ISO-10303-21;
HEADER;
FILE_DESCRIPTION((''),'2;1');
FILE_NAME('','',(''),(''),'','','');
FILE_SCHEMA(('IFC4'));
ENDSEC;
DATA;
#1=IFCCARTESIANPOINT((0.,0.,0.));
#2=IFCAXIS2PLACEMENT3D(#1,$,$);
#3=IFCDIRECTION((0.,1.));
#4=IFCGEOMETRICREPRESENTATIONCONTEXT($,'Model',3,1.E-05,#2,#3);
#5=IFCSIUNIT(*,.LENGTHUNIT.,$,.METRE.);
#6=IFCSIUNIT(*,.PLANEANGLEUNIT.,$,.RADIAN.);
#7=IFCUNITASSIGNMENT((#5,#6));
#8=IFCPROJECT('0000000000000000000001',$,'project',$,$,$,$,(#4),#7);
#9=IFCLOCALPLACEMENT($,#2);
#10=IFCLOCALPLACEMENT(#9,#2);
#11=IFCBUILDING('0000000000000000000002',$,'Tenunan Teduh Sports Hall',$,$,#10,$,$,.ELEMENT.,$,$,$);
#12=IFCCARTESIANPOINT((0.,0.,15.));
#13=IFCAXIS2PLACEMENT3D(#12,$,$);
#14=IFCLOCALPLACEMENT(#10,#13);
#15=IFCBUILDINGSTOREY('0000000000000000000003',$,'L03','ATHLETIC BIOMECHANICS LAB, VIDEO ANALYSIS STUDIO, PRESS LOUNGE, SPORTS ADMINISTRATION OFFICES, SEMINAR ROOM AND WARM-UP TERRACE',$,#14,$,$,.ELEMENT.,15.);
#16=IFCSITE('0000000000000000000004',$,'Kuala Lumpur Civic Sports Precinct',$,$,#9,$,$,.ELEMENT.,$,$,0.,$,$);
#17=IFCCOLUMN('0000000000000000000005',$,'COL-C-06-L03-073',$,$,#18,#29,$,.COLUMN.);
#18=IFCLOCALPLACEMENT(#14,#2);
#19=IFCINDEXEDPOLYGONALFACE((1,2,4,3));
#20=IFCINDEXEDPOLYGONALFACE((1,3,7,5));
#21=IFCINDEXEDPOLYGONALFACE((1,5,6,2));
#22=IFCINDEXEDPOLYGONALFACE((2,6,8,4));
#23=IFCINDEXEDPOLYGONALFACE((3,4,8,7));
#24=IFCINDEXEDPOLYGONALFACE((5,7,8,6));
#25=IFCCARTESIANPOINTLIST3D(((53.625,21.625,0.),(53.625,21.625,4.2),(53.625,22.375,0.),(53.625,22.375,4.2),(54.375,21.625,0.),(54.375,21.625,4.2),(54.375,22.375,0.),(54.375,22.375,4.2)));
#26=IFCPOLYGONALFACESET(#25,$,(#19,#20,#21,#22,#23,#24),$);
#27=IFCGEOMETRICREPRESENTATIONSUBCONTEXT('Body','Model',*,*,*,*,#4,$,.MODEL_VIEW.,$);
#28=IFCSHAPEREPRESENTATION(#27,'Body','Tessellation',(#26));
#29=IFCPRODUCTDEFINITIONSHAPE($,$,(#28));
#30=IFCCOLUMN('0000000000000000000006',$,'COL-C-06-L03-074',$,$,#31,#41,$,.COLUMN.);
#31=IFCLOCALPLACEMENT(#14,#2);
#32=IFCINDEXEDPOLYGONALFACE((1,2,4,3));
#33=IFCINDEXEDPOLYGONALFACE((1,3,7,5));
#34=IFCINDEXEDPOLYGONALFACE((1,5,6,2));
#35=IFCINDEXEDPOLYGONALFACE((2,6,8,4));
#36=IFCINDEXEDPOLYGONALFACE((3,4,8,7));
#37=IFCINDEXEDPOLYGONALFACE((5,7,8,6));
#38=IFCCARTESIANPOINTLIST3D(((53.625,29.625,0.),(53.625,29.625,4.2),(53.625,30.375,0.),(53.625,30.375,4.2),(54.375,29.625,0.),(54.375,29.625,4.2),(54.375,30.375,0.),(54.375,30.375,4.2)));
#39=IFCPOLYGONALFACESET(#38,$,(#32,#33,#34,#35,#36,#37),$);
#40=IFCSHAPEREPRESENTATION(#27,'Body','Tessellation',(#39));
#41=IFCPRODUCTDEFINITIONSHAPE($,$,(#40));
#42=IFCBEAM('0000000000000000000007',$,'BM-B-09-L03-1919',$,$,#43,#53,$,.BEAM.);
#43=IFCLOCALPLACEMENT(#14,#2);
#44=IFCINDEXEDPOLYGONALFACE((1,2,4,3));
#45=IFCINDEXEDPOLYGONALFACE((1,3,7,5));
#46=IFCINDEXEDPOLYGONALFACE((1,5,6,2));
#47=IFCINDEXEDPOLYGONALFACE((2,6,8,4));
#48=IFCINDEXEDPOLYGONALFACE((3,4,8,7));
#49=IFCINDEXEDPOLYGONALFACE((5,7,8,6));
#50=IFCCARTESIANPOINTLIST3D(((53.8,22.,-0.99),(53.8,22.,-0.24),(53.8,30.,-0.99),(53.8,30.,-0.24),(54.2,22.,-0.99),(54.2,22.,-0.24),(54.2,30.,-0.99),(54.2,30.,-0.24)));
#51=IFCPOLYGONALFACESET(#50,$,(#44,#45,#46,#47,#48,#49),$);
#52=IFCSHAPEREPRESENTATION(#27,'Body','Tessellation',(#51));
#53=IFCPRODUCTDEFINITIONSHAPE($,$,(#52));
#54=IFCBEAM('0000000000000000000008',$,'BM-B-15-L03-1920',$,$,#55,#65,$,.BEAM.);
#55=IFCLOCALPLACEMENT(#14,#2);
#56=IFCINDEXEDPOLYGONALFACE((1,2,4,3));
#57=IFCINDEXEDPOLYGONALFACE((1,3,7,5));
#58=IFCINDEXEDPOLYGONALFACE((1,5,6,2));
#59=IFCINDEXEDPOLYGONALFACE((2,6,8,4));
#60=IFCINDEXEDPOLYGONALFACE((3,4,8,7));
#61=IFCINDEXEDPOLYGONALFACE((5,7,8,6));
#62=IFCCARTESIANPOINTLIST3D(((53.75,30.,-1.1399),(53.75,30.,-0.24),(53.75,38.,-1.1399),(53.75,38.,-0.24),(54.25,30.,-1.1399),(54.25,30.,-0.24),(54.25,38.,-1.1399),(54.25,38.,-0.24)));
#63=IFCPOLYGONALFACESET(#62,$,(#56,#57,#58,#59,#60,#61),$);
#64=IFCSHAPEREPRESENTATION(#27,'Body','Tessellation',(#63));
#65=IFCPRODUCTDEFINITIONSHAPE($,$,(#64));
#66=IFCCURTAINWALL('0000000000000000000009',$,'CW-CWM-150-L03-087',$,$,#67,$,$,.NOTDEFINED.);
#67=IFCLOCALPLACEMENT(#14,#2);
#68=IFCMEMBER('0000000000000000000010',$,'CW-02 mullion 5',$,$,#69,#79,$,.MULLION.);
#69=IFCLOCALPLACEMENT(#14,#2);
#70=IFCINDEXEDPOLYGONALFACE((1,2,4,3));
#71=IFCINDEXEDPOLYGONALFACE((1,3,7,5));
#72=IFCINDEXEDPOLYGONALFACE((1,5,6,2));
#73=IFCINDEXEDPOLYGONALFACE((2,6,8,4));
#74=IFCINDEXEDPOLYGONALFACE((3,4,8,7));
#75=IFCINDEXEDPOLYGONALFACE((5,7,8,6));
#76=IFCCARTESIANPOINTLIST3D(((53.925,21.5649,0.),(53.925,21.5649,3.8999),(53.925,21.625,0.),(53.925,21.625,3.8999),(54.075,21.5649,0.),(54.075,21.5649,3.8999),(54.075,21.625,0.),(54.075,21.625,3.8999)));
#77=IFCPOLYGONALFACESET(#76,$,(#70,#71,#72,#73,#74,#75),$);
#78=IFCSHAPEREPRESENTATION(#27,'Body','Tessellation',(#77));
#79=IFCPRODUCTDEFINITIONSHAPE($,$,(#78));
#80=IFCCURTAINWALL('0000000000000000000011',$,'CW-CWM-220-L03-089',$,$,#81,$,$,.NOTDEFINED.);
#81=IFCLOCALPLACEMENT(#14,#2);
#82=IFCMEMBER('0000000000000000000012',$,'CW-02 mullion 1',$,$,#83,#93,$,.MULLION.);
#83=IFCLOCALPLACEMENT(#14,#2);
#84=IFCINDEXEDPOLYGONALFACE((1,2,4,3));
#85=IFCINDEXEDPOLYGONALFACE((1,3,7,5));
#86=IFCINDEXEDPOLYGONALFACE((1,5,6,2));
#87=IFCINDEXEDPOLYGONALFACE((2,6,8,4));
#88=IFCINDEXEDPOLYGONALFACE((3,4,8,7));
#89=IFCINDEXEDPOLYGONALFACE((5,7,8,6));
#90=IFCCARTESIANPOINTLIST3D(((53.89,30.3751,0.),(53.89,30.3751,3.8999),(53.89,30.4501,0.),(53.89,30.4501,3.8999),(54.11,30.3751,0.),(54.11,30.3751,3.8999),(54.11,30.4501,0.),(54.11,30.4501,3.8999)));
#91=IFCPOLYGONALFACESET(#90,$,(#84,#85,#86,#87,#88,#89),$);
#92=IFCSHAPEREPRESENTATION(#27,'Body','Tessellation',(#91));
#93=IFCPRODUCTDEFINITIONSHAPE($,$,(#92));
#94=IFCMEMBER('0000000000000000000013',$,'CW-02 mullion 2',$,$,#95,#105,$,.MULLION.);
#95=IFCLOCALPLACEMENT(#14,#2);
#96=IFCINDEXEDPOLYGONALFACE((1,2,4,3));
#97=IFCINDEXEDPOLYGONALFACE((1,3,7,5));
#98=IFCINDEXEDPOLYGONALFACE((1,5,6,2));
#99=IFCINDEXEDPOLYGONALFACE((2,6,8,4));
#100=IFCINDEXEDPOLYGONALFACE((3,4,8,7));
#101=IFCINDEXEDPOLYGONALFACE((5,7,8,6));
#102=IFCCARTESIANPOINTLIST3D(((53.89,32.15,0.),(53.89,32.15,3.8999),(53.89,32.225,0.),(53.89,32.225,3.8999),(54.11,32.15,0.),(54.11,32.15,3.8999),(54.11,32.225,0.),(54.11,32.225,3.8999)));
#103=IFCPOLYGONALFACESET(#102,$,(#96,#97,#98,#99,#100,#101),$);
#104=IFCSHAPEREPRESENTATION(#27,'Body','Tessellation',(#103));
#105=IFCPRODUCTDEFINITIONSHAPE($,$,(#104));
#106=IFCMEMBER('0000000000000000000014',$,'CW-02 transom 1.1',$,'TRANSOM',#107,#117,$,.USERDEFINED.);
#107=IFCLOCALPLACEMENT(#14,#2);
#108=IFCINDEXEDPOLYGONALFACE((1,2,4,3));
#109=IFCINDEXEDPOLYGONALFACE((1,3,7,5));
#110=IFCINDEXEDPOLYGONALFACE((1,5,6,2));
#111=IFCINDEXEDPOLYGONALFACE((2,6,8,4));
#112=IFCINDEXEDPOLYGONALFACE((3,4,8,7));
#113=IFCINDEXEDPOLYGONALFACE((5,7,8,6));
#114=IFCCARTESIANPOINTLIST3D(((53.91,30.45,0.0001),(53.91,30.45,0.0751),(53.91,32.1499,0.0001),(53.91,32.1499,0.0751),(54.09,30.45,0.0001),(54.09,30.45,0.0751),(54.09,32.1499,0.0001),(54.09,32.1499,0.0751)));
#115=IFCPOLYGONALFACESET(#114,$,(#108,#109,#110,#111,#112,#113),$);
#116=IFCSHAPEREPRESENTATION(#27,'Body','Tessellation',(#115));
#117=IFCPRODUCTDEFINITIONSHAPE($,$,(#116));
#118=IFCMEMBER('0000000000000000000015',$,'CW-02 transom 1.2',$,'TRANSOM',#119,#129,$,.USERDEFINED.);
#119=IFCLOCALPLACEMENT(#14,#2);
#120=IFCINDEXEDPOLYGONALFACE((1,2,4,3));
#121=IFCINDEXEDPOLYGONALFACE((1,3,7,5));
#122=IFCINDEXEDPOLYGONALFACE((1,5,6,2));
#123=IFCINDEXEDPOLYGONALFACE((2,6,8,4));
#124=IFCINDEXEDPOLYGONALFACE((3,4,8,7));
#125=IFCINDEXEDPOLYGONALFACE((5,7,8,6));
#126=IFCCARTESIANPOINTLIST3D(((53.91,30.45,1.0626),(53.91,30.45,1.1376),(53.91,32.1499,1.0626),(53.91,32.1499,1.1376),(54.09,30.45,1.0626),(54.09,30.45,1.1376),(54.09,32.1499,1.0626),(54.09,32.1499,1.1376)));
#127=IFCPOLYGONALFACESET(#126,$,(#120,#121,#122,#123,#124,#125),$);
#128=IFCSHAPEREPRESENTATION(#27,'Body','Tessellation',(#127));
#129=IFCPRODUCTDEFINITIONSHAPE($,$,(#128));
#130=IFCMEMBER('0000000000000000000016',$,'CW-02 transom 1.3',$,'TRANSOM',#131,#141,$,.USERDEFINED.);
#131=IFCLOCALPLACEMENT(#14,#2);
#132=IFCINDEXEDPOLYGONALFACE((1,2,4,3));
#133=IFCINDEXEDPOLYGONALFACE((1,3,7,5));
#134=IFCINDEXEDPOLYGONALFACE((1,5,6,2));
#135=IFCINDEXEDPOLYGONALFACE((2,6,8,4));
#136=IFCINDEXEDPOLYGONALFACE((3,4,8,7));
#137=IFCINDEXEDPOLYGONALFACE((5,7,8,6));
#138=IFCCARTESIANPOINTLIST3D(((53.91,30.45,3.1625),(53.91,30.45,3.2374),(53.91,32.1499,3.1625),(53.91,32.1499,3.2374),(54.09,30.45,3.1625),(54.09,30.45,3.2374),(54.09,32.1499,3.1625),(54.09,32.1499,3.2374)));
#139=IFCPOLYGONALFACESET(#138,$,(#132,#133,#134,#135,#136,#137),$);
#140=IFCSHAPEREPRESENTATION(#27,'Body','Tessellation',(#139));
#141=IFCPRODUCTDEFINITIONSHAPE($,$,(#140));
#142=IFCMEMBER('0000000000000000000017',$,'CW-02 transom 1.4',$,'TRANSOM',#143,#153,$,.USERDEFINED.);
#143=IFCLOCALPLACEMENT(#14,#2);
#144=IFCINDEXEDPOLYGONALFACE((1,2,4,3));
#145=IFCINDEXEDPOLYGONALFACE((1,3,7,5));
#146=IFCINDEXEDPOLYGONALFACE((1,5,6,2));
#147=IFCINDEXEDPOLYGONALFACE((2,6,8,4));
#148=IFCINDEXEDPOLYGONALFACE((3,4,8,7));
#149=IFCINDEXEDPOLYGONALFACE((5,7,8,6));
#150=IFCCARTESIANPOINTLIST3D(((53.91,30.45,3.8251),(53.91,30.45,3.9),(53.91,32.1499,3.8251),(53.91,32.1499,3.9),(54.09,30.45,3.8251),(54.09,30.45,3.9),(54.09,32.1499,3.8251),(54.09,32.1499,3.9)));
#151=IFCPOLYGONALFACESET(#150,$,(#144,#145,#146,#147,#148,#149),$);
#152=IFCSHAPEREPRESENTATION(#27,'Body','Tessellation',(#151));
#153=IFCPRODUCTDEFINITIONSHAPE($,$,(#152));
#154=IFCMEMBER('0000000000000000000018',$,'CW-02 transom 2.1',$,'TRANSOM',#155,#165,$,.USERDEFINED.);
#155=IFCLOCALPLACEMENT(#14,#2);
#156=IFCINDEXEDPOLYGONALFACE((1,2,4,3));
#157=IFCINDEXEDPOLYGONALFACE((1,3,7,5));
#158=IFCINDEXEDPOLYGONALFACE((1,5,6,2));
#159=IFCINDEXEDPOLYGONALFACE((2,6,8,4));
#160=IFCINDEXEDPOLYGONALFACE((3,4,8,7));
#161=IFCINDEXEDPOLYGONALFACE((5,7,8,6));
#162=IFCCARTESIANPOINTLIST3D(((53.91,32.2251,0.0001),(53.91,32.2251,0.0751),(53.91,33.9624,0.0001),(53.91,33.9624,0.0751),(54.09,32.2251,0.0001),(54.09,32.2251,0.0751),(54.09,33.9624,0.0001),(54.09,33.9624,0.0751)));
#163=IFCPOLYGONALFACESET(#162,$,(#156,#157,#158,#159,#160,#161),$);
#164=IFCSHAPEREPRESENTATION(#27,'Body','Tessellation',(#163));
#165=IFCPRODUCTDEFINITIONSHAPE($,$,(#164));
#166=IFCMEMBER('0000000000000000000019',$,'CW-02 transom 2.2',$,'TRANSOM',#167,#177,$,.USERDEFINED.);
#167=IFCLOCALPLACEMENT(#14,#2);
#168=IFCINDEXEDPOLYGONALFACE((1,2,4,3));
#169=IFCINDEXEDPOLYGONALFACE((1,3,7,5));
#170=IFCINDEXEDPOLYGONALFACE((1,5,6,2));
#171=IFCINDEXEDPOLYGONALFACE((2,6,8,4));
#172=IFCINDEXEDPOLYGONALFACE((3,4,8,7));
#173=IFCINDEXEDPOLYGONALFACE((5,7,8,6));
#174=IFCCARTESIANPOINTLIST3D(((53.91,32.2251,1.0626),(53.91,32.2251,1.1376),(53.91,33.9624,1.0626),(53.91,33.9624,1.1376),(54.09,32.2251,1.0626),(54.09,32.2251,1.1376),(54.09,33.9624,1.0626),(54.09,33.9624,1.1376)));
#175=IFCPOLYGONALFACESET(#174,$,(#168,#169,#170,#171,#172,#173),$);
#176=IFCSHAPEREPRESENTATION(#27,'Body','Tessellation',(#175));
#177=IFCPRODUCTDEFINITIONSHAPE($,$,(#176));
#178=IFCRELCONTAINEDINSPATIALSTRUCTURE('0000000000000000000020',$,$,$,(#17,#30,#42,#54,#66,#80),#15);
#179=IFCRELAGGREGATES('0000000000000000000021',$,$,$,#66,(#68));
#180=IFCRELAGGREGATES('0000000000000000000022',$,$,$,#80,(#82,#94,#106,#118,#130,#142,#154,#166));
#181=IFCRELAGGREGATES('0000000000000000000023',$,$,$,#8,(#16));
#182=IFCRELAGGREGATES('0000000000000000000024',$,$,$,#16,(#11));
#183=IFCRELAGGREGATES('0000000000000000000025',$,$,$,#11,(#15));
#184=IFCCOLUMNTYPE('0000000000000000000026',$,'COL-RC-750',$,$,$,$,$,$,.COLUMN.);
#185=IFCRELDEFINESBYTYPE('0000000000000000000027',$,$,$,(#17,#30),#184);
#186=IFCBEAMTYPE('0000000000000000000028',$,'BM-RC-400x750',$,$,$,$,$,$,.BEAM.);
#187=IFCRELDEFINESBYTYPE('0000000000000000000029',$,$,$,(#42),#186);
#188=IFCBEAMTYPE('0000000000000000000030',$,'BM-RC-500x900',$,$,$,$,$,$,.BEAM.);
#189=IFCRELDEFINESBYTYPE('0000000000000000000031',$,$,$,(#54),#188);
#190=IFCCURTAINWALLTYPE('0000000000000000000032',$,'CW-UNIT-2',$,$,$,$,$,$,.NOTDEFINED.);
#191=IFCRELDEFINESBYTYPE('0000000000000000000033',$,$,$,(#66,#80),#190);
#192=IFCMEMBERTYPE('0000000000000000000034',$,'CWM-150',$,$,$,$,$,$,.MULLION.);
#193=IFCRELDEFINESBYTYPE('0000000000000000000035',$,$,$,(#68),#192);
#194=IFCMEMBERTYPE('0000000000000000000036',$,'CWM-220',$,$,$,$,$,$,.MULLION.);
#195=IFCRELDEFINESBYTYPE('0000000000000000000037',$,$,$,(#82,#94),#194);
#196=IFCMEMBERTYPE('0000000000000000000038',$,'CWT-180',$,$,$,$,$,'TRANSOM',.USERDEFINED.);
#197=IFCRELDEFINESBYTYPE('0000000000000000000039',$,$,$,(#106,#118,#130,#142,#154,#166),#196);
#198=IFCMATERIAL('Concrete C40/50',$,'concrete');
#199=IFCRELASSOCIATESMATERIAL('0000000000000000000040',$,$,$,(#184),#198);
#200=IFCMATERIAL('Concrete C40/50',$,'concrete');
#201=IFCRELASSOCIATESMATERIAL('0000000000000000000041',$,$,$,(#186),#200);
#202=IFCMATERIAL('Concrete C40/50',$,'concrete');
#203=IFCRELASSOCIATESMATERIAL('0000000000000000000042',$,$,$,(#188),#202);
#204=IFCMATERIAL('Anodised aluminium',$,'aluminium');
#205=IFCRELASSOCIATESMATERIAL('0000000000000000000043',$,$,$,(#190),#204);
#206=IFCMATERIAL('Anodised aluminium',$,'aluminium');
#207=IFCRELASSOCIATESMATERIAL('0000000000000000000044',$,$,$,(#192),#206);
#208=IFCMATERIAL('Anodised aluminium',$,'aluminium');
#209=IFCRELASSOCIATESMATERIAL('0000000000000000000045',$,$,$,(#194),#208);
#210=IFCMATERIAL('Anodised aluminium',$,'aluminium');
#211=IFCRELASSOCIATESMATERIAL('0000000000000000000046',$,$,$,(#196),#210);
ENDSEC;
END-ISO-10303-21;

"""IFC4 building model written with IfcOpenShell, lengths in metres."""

from ifc_helpers import new_model, si_unit, direction, frame, origin, origin_2d, place, context, subcontext, project, spatial, rectangle, extrude, material, material_profile, profile_set, type_object, element, aggregate, save


model = new_model("IFC4")

# Units and contexts
model_context = context("Model", 3, precision=1e-05, world=origin(), true_north=direction((0.0, 1.0)))
body_context = subcontext(model_context, "Body", "Model", "MODEL_VIEW")
ifc_project = project(units=[si_unit("LENGTHUNIT", "METRE"), si_unit("PLANEANGLEUNIT", "RADIAN")], contexts=[model_context])

# Site, building, storey
site_placement = place(None, origin())
site = spatial("IfcSite", under=ifc_project, at=site_placement, Name="Kuala Lumpur Civic Sports Precinct", CompositionType="ELEMENT", RefElevation=0.0)
building_placement = place(site_placement, origin())
building = spatial("IfcBuilding", under=site, at=building_placement, Name="Tenunan Teduh Sports Hall", CompositionType="ELEMENT")
storey_placement = place(building_placement, frame((0.0, 0.0, 15.0)))
storey = spatial("IfcBuildingStorey", under=building, at=storey_placement, Name="L03", Description="ATHLETIC BIOMECHANICS LAB, VIDEO ANALYSIS STUDIO, PRESS LOUNGE, SPORTS ADMINISTRATION OFFICES, SEMINAR ROOM AND WARM-UP TERRACE", CompositionType="ELEMENT", Elevation=15.0)

# Columns
ifc_material_1 = material(Name="Concrete C40/50", Category="concrete")
ifc_material_profile_1 = material_profile(ifc_material_1, rectangle(XDim=0.75, YDim=0.75, at=origin_2d()), Name="RC 750x750")
ifc_profile_set_1 = profile_set([ifc_material_profile_1], Name="Concrete C40/50")
column_type = type_object("IfcColumnType", Name="COL-RC-750", PredefinedType="COLUMN", material=ifc_profile_set_1)
for number, where, z_axis, x_axis, name in (
    (1, (54.0, 22.0, 0.0), (0.0, 0.0, 1.0), (1.0, 0.0, 0.0), "COL-C-06-L03-073"),
    (2, (54.0, 30.0, 0.0), (0.0, 0.0, 1.0), (1.0, 0.0, 0.0), "COL-C-06-L03-074"),
):
    element("IfcColumn", number, at=place(storey_placement, frame(where, z_axis=z_axis, x_axis=x_axis)), inside=storey, type_object=column_type, Name=name, PredefinedType="COLUMN", context=body_context, shape_type="SweptSolid", body=[
        extrude(rectangle(XDim=0.75, YDim=0.75, at=origin_2d()), origin(), (0.0, 0.0, 1.0), 4.2),
    ])

# Beams
ifc_material_2 = material(Name="Concrete C40/50", Category="concrete")
ifc_material_profile_2 = material_profile(ifc_material_2, rectangle(XDim=0.3999, YDim=0.75, at=origin_2d()), Name="RCB 400x750")
ifc_profile_set_2 = profile_set([ifc_material_profile_2], Name="Concrete C40/50")
beam_type_1 = type_object("IfcBeamType", Name="BM-RC-400x750", PredefinedType="BEAM", material=ifc_profile_set_2)
beam_1_placement = place(storey_placement, frame((54.0, 22.0, -0.615), z_axis=(0.0, 1.0, 0.0), x_axis=(-1.0, 0.0, 0.0)))
element("IfcBeam", 3, at=beam_1_placement, inside=storey, type_object=beam_type_1, Name="BM-B-09-L03-1919", PredefinedType="BEAM", context=body_context, shape_type="SweptSolid", body=[
    extrude(rectangle(XDim=0.3999, YDim=0.75, at=origin_2d()), origin(), (0.0, 0.0, 1.0), 8.0),
])
ifc_material_3 = material(Name="Concrete C40/50", Category="concrete")
ifc_material_profile_3 = material_profile(ifc_material_3, rectangle(XDim=0.5, YDim=0.8999, at=origin_2d()), Name="RCB 500x900")
ifc_profile_set_3 = profile_set([ifc_material_profile_3], Name="Concrete C40/50")
beam_type_2 = type_object("IfcBeamType", Name="BM-RC-500x900", PredefinedType="BEAM", material=ifc_profile_set_3)
beam_2_placement = place(storey_placement, frame((54.0, 30.0, -0.6899), z_axis=(0.0, 1.0, 0.0), x_axis=(-1.0, 0.0, 0.0)))
element("IfcBeam", 4, at=beam_2_placement, inside=storey, type_object=beam_type_2, Name="BM-B-15-L03-1920", PredefinedType="BEAM", context=body_context, shape_type="SweptSolid", body=[
    extrude(rectangle(XDim=0.5, YDim=0.8999, at=origin_2d()), origin(), (0.0, 0.0, 1.0), 8.0),
])

# Curtain wall, member
ifc_material_4 = material(Name="Anodised aluminium", Category="aluminium")
curtain_wall_type = type_object("IfcCurtainWallType", Name="CW-UNIT-2", PredefinedType="NOTDEFINED", material=ifc_material_4)
curtain_wall_1_placement = place(storey_placement, origin())
curtain_wall_1 = element("IfcCurtainWall", 5, at=curtain_wall_1_placement, inside=storey, type_object=curtain_wall_type, Name="CW-CWM-150-L03-087", PredefinedType="NOTDEFINED")
ifc_material_5 = material(Name="Anodised aluminium", Category="aluminium")
ifc_material_profile_4 = material_profile(ifc_material_5, rectangle(XDim=0.0601, YDim=0.1499, at=origin_2d()), Name="CWM 60x150")
ifc_profile_set_4 = profile_set([ifc_material_profile_4], Name="Anodised aluminium")
member_type_1 = type_object("IfcMemberType", Name="CWM-150", PredefinedType="MULLION", material=ifc_profile_set_4)
member_1_placement = place(storey_placement, frame((54.0, 21.595, 0.0), z_axis=(0.0, 0.0, 1.0), x_axis=(0.0, 1.0, 0.0)))
member_1 = element("IfcMember", 6, at=member_1_placement, type_object=member_type_1, Name="CW-02 mullion 5", PredefinedType="MULLION", context=body_context, shape_type="SweptSolid", body=[
    extrude(rectangle(XDim=0.0601, YDim=0.1499, at=origin_2d()), origin(), (0.0, 0.0, 1.0), 3.8999),
])

# Curtain wall, members
curtain_wall_2_placement = place(storey_placement, origin())
curtain_wall_2 = element("IfcCurtainWall", 7, at=curtain_wall_2_placement, inside=storey, type_object=curtain_wall_type, Name="CW-CWM-220-L03-089", PredefinedType="NOTDEFINED")
ifc_material_6 = material(Name="Anodised aluminium", Category="aluminium")
ifc_material_profile_5 = material_profile(ifc_material_6, rectangle(XDim=0.075, YDim=0.22, at=origin_2d()), Name="CWM 75x220")
ifc_profile_set_5 = profile_set([ifc_material_profile_5], Name="Anodised aluminium")
member_type_2 = type_object("IfcMemberType", Name="CWM-220", PredefinedType="MULLION", material=ifc_profile_set_5)
member_2_placement = place(storey_placement, frame((54.0, 30.4126, 0.0), z_axis=(0.0, 0.0, 1.0), x_axis=(0.0, 1.0, 0.0)))
member_2 = element("IfcMember", 8, at=member_2_placement, type_object=member_type_2, Name="CW-02 mullion 1", PredefinedType="MULLION", context=body_context, shape_type="SweptSolid", body=[
    extrude(rectangle(XDim=0.075, YDim=0.22, at=origin_2d()), origin(), (0.0, 0.0, 1.0), 3.8999),
])
member_3_placement = place(storey_placement, frame((54.0, 32.1875, 0.0), z_axis=(0.0, 0.0, 1.0), x_axis=(0.0, 1.0, 0.0)))
member_3 = element("IfcMember", 9, at=member_3_placement, type_object=member_type_2, Name="CW-02 mullion 2", PredefinedType="MULLION", context=body_context, shape_type="SweptSolid", body=[
    extrude(rectangle(XDim=0.075, YDim=0.22, at=origin_2d()), origin(), (0.0, 0.0, 1.0), 3.8999),
])
ifc_material_7 = material(Name="Anodised aluminium", Category="aluminium")
ifc_material_profile_6 = material_profile(ifc_material_7, rectangle(XDim=0.075, YDim=0.1799, at=origin_2d()), Name="CWT 75x180")
ifc_profile_set_6 = profile_set([ifc_material_profile_6], Name="Anodised aluminium")
member_type_3 = type_object("IfcMemberType", Name="CWT-180", ElementType="TRANSOM", PredefinedType="USERDEFINED", material=ifc_profile_set_6)
member_4_placement = place(storey_placement, frame((54.0, 30.45, 0.0376), z_axis=(0.0, 1.0, 0.0), x_axis=(0.0, 0.0, 1.0)))
member_4 = element("IfcMember", 10, at=member_4_placement, type_object=member_type_3, Name="CW-02 transom 1.1", ObjectType="TRANSOM", PredefinedType="USERDEFINED", context=body_context, shape_type="SweptSolid", body=[
    extrude(rectangle(XDim=0.075, YDim=0.1799, at=origin_2d()), origin(), (0.0, 0.0, 1.0), 1.7),
])
member_5_placement = place(storey_placement, frame((54.0, 30.45, 1.1001), z_axis=(0.0, 1.0, 0.0), x_axis=(0.0, 0.0, 1.0)))
member_5 = element("IfcMember", 11, at=member_5_placement, type_object=member_type_3, Name="CW-02 transom 1.2", ObjectType="TRANSOM", PredefinedType="USERDEFINED", context=body_context, shape_type="SweptSolid", body=[
    extrude(rectangle(XDim=0.075, YDim=0.1799, at=origin_2d()), origin(), (0.0, 0.0, 1.0), 1.7),
])
member_6_placement = place(storey_placement, frame((54.0, 30.45, 3.2), z_axis=(0.0, 1.0, 0.0), x_axis=(0.0, 0.0, 1.0)))
member_6 = element("IfcMember", 12, at=member_6_placement, type_object=member_type_3, Name="CW-02 transom 1.3", ObjectType="TRANSOM", PredefinedType="USERDEFINED", context=body_context, shape_type="SweptSolid", body=[
    extrude(rectangle(XDim=0.075, YDim=0.1799, at=origin_2d()), origin(), (0.0, 0.0, 1.0), 1.7),
])
member_7_placement = place(storey_placement, frame((54.0, 30.45, 3.8625), z_axis=(0.0, 1.0, 0.0), x_axis=(0.0, 0.0, 1.0)))
member_7 = element("IfcMember", 13, at=member_7_placement, type_object=member_type_3, Name="CW-02 transom 1.4", ObjectType="TRANSOM", PredefinedType="USERDEFINED", context=body_context, shape_type="SweptSolid", body=[
    extrude(rectangle(XDim=0.075, YDim=0.1799, at=origin_2d()), origin(), (0.0, 0.0, 1.0), 1.7),
])
member_8_placement = place(storey_placement, frame((54.0, 32.2251, 0.0376), z_axis=(0.0, 1.0, 0.0), x_axis=(0.0, 0.0, 1.0)))
member_8 = element("IfcMember", 14, at=member_8_placement, type_object=member_type_3, Name="CW-02 transom 2.1", ObjectType="TRANSOM", PredefinedType="USERDEFINED", context=body_context, shape_type="SweptSolid", body=[
    extrude(rectangle(XDim=0.075, YDim=0.1799, at=origin_2d()), origin(), (0.0, 0.0, 1.0), 1.7373),
])
member_9_placement = place(storey_placement, frame((54.0, 32.2251, 1.1001), z_axis=(0.0, 1.0, 0.0), x_axis=(0.0, 0.0, 1.0)))
member_9 = element("IfcMember", 15, at=member_9_placement, type_object=member_type_3, Name="CW-02 transom 2.2", ObjectType="TRANSOM", PredefinedType="USERDEFINED", context=body_context, shape_type="SweptSolid", body=[
    extrude(rectangle(XDim=0.075, YDim=0.1799, at=origin_2d()), origin(), (0.0, 0.0, 1.0), 1.7373),
])

aggregate(curtain_wall_1, [member_1])
aggregate(curtain_wall_2, [member_2, member_3, member_4, member_5, member_6, member_7, member_8, member_9])

save(model, "model.ifc")
